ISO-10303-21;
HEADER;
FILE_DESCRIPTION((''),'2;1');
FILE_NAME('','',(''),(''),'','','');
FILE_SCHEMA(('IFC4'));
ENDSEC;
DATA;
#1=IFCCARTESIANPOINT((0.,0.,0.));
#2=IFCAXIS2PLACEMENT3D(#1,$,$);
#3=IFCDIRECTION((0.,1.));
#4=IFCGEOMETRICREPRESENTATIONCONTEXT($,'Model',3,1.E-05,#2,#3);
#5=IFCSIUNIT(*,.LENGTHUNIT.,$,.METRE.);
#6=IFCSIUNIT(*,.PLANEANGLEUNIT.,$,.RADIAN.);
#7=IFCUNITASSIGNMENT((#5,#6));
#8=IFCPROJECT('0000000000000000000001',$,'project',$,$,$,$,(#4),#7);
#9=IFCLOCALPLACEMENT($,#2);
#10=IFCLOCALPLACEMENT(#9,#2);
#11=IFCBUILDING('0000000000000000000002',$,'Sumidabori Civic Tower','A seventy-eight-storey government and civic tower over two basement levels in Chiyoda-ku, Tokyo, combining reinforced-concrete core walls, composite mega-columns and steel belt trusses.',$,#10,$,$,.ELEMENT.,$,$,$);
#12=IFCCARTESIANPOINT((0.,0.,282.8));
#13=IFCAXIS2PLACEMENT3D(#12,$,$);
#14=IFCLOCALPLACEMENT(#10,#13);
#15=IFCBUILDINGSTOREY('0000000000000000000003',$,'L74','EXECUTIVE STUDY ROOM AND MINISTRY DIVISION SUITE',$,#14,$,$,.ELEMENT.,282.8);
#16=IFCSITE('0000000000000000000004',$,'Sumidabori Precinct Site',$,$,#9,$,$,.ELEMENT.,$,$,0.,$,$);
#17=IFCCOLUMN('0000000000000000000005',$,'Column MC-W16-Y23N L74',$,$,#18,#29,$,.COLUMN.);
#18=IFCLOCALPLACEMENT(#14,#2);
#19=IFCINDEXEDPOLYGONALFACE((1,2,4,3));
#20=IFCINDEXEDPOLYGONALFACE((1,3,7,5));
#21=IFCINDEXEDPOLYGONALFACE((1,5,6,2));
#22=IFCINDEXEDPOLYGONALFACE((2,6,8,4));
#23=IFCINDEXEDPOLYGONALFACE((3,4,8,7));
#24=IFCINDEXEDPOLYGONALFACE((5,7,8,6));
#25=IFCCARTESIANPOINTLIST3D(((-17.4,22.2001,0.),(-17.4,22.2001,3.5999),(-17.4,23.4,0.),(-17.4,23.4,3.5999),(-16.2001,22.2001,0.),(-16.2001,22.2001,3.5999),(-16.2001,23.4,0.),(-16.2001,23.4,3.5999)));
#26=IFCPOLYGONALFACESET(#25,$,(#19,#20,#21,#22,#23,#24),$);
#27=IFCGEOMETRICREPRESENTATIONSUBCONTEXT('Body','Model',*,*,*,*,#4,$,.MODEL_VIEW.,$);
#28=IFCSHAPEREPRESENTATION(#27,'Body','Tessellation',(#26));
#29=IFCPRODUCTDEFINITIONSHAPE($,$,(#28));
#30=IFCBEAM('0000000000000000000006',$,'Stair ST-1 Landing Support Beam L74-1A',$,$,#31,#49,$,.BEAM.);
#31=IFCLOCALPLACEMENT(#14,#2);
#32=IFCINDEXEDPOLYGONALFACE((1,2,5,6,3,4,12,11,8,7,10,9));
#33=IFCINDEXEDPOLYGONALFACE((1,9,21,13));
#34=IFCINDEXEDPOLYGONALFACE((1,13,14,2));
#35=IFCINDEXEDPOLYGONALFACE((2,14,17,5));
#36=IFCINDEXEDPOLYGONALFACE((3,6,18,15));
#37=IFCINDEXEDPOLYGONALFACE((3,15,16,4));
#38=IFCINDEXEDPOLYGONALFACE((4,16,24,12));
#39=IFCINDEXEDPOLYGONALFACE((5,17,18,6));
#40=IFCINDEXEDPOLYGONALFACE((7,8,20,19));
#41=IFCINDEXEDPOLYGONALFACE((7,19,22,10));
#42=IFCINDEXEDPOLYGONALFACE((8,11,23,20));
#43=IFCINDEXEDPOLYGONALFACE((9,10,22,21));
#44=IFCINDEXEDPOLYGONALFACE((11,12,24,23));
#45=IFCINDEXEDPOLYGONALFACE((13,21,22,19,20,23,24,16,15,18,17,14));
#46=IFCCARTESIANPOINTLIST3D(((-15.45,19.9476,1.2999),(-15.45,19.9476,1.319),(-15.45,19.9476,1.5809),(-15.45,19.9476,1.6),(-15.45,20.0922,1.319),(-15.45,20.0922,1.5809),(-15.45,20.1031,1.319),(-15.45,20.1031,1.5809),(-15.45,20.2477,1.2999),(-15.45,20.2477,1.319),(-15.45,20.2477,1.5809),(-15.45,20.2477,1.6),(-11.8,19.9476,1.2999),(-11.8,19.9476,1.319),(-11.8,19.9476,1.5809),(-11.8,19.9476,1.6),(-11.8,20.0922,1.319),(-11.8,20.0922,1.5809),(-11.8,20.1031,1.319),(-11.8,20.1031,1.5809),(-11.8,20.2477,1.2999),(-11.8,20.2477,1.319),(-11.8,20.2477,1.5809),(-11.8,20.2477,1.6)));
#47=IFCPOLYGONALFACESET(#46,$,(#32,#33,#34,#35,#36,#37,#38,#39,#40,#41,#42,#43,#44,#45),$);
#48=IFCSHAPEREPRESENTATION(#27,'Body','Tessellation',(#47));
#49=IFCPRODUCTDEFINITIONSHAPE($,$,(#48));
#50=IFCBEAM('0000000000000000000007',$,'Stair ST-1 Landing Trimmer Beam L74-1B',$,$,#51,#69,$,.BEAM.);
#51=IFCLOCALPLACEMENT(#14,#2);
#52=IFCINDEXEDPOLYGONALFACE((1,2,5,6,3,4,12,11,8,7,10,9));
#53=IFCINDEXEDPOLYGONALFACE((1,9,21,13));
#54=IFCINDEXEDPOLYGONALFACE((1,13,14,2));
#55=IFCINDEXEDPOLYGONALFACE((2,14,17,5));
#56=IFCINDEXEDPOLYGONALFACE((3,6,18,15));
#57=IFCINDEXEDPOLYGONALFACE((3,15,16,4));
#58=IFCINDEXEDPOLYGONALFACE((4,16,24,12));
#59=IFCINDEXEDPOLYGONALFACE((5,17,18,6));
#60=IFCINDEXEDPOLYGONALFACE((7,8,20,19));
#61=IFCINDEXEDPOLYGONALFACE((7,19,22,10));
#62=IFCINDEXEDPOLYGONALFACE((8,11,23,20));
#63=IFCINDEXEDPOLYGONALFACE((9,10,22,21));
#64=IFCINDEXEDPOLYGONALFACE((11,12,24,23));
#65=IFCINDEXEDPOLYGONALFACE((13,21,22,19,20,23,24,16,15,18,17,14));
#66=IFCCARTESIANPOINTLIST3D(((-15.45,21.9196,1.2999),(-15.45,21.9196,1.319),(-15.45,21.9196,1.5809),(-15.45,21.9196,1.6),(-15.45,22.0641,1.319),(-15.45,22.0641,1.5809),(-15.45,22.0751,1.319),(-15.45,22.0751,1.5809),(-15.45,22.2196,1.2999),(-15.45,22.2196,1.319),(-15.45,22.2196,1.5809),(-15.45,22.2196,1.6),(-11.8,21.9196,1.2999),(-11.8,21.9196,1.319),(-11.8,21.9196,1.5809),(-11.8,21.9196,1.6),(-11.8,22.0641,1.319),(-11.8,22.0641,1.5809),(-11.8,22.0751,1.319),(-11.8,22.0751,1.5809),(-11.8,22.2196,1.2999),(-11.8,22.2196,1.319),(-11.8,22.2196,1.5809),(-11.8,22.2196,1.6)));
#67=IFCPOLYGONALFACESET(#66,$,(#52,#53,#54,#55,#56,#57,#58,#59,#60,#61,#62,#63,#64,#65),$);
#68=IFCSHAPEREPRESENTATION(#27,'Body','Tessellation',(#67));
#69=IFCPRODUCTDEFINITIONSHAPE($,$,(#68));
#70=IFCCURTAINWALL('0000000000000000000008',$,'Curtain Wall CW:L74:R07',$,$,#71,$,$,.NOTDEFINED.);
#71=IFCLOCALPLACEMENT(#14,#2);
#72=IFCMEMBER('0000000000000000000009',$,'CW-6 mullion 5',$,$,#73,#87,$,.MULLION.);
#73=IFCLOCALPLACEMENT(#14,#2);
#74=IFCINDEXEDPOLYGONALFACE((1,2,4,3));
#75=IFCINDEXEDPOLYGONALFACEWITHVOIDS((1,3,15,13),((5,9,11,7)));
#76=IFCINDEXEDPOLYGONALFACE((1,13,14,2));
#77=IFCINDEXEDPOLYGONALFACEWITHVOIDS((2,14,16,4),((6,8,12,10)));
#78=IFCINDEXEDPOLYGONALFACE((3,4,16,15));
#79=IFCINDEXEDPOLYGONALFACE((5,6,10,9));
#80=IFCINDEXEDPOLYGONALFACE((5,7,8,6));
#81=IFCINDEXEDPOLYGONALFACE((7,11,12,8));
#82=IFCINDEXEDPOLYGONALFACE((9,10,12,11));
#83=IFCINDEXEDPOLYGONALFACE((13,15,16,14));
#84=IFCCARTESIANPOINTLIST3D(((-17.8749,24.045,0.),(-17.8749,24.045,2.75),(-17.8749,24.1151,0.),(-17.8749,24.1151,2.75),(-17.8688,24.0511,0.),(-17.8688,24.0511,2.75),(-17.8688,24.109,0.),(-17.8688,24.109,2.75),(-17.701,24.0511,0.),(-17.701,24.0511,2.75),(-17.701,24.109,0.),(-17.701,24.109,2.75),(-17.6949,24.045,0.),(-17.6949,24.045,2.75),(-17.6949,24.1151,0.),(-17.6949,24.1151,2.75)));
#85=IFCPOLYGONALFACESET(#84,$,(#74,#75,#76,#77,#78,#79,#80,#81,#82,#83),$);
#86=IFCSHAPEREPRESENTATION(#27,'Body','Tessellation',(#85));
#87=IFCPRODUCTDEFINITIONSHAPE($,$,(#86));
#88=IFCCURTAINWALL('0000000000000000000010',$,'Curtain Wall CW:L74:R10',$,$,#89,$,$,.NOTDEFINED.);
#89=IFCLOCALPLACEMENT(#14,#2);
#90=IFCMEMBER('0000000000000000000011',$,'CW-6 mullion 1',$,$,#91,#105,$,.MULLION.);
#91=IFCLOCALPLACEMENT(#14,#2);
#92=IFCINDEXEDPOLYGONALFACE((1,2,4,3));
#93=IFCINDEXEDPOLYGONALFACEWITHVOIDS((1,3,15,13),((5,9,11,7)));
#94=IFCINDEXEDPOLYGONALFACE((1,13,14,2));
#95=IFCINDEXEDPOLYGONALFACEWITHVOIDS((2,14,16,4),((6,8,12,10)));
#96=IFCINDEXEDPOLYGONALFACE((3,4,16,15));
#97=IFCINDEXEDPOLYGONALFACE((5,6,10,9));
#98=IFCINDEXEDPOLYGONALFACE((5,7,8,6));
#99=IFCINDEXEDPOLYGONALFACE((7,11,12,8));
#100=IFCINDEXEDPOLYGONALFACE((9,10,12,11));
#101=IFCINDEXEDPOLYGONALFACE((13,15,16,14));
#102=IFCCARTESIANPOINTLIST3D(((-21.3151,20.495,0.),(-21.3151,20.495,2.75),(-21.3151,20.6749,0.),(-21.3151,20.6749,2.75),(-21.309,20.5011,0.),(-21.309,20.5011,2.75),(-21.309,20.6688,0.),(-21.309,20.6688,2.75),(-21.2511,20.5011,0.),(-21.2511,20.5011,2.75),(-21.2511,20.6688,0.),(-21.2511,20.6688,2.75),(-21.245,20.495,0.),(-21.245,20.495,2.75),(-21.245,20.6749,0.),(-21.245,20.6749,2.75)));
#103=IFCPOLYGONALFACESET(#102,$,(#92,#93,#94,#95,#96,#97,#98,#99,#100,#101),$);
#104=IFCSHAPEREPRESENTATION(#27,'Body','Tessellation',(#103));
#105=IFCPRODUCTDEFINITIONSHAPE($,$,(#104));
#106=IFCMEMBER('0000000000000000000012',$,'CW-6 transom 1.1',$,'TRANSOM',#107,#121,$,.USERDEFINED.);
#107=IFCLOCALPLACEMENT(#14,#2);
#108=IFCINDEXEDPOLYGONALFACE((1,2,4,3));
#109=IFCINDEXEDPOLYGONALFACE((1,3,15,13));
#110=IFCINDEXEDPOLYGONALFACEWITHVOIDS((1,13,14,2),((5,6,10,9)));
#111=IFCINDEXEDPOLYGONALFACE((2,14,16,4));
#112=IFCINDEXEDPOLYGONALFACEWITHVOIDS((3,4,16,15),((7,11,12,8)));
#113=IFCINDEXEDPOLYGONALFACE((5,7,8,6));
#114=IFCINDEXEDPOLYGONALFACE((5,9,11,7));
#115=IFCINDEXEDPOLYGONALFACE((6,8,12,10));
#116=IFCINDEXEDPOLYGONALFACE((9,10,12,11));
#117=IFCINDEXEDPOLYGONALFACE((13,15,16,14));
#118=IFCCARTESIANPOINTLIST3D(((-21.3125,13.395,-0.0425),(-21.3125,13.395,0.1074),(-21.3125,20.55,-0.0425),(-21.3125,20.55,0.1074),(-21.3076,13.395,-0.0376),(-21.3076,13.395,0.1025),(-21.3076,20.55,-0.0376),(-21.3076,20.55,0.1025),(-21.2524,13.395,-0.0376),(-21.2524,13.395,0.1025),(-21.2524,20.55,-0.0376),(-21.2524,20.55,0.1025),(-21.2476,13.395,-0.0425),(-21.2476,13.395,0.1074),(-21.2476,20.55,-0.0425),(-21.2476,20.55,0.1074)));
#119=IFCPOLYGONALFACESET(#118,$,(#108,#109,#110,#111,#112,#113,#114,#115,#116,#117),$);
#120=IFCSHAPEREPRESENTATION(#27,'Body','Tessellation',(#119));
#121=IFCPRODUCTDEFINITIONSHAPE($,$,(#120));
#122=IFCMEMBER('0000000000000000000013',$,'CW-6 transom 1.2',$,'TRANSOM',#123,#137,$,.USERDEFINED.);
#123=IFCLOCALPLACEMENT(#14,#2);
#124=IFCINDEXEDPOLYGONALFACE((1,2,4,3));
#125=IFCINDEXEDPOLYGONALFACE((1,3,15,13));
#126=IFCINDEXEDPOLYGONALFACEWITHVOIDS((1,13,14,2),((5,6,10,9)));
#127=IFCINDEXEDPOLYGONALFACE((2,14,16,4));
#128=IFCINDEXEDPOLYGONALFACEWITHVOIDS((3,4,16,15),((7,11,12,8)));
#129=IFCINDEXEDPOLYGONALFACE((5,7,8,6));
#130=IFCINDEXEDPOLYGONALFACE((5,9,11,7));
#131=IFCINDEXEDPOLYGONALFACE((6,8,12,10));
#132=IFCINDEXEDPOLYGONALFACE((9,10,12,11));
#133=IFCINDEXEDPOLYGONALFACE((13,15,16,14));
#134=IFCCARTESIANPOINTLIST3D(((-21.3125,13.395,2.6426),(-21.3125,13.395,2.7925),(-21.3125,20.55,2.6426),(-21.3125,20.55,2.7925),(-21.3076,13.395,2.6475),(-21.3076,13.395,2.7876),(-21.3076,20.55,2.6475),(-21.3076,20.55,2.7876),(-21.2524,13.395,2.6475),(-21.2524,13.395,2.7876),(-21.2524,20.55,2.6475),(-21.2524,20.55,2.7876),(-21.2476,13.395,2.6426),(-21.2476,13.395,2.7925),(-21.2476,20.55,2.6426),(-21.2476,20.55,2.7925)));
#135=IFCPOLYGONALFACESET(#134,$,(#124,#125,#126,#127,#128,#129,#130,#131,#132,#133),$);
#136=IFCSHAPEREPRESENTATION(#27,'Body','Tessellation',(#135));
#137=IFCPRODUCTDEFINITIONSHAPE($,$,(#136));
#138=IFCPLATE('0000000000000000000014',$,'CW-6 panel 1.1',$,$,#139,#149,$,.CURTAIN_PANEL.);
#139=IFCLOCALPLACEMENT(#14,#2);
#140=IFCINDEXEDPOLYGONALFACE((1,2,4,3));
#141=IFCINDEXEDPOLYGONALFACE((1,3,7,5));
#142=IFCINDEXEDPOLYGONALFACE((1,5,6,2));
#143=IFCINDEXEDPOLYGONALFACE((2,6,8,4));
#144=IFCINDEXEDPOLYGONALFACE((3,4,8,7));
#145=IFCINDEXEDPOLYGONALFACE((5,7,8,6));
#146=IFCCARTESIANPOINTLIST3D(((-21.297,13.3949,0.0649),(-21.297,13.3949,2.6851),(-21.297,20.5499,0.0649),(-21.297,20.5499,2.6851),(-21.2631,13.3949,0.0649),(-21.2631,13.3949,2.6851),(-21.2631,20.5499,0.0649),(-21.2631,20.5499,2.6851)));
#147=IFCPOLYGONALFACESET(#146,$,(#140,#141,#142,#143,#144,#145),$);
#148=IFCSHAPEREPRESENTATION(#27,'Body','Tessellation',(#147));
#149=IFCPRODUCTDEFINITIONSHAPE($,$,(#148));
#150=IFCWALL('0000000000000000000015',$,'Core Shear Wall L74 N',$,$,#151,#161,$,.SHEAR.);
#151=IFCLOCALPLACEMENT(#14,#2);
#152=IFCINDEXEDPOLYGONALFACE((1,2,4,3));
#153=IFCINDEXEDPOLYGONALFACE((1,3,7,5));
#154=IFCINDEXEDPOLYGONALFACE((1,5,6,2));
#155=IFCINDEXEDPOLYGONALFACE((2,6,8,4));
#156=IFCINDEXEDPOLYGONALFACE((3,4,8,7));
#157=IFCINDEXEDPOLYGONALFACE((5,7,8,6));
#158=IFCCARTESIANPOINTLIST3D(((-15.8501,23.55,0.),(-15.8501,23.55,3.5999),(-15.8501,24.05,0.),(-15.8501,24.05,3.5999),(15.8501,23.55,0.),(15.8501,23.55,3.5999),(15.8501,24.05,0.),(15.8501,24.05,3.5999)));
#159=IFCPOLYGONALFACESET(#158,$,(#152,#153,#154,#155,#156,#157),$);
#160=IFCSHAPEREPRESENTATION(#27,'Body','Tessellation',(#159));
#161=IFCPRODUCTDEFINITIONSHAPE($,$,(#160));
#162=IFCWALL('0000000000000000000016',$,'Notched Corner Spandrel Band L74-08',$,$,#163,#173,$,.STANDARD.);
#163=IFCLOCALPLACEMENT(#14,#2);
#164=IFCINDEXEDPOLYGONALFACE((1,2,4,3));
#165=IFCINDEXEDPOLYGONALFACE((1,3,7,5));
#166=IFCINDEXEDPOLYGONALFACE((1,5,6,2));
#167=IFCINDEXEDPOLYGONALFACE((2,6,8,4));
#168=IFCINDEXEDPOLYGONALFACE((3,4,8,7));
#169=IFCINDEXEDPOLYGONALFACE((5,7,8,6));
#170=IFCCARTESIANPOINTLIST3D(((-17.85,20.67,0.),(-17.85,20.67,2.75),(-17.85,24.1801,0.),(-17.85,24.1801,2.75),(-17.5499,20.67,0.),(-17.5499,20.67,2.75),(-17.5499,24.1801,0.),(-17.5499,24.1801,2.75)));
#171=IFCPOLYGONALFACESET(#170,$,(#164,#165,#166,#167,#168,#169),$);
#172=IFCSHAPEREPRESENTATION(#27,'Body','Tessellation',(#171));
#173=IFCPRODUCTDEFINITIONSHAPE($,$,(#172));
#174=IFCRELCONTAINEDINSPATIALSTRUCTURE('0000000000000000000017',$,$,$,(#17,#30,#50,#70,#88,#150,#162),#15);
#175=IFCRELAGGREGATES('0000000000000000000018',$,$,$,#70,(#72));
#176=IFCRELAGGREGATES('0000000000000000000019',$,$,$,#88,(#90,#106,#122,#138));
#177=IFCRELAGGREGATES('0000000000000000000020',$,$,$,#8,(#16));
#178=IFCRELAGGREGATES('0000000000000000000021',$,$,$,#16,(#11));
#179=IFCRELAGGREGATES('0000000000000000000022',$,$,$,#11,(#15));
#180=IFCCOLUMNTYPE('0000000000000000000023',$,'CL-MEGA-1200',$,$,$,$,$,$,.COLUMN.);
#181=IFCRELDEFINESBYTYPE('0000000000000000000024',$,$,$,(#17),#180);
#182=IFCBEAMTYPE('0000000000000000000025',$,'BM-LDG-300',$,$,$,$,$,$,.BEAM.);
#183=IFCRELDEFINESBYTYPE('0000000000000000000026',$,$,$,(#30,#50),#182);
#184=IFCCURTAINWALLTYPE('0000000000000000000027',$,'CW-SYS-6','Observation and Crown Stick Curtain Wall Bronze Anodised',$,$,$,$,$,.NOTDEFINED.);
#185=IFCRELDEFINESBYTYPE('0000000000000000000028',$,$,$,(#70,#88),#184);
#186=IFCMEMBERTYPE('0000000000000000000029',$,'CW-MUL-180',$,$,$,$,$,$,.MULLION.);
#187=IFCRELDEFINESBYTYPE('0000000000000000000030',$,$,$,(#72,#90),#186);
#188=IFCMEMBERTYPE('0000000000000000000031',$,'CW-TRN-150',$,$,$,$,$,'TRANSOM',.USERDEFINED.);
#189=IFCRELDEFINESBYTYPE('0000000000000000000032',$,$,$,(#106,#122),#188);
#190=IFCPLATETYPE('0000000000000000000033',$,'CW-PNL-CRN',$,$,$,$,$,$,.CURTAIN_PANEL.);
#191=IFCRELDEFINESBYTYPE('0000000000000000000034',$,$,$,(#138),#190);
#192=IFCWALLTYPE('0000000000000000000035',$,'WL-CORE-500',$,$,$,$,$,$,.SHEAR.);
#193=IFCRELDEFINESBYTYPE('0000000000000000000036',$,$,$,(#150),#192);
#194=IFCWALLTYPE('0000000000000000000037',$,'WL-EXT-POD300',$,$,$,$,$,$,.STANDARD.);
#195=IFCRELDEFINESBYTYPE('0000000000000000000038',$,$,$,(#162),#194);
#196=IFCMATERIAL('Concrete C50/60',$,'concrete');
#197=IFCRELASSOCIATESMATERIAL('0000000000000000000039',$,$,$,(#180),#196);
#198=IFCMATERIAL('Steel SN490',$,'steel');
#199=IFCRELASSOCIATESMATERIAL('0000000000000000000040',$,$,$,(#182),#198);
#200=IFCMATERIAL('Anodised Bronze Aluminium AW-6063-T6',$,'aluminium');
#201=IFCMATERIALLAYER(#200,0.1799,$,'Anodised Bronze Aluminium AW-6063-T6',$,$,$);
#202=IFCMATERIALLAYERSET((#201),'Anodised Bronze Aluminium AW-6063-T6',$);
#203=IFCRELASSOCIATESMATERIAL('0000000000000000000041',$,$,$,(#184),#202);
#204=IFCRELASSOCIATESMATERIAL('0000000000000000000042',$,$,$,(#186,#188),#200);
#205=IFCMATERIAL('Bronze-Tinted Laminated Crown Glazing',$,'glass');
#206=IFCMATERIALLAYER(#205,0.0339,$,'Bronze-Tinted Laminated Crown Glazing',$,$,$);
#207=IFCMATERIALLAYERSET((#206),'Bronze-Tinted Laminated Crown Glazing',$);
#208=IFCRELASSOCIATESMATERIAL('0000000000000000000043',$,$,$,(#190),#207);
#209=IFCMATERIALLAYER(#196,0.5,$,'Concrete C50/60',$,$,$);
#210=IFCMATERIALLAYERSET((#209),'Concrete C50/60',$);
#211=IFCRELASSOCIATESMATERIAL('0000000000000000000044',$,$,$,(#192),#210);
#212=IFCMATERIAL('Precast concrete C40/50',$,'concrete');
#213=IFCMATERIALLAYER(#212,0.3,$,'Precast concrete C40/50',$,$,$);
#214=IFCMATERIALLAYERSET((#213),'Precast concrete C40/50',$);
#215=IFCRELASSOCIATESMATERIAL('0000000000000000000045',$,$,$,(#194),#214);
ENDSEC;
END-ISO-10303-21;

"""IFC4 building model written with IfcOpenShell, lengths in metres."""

from ifc_helpers import new_model, si_unit, direction, frame, frame_2d, origin, origin_2d, place, context, subcontext, project, spatial, rectangle, hollow_rectangle, i_section, extrude, source, transform, mapped, material, layer, layer_set, material_profile, profile_set, type_object, element, aggregate, save


model = new_model("IFC4")

# Units and contexts
model_context = context("Model", 3, precision=1e-05, world=origin(), true_north=direction((0.0, 1.0)))
body_context = subcontext(model_context, "Body", "Model", "MODEL_VIEW")
ifc_project = project(units=[si_unit("LENGTHUNIT", "METRE"), si_unit("PLANEANGLEUNIT", "RADIAN")], contexts=[model_context])

# Site, building, storey
site_placement = place(None, origin())
site = spatial("IfcSite", under=ifc_project, at=site_placement, Name="Sumidabori Precinct Site", CompositionType="ELEMENT", RefElevation=0.0)
building_placement = place(site_placement, origin())
building = spatial("IfcBuilding", under=site, at=building_placement, Name="Sumidabori Civic Tower", Description="A seventy-eight-storey government and civic tower over two basement levels in Chiyoda-ku, Tokyo, combining reinforced-concrete core walls, composite mega-columns and steel belt trusses.", CompositionType="ELEMENT")
storey_placement = place(building_placement, frame((0.0, 0.0, 282.8)))
storey = spatial("IfcBuildingStorey", under=building, at=storey_placement, Name="L74", Description="EXECUTIVE STUDY ROOM AND MINISTRY DIVISION SUITE", CompositionType="ELEMENT", Elevation=282.8)

# Column
ifc_material_1 = material(Name="Concrete C50/60", Category="concrete")
ifc_material_profile_1 = material_profile(ifc_material_1, rectangle(XDim=1.2, YDim=1.2, at=origin_2d()), Name="RC 1200x1200")
ifc_profile_set_1 = profile_set([ifc_material_profile_1], Name="Concrete C50/60")
column_type = type_object("IfcColumnType", Name="CL-MEGA-1200", PredefinedType="COLUMN", material=ifc_profile_set_1)
shared_shape_1 = source(origin(), body_context, "Body", "SweptSolid", [
    extrude(rectangle(XDim=1.2, YDim=1.2, at=origin_2d()), origin(), (0.0, 0.0, 1.0), 3.5999),
])
column_placement = place(storey_placement, frame((-16.8, 22.8, 0.0), z_axis=(0.0, 0.0, 1.0), x_axis=(1.0, 0.0, 0.0)))
element("IfcColumn", 1, at=column_placement, inside=storey, type_object=column_type, Name="Column MC-W16-Y23N L74", PredefinedType="COLUMN", context=body_context, shape_type="MappedRepresentation", body=[
    mapped(shared_shape_1, transform((0.0, 0.0, 0.0), x_axis=(1.0, 0.0, 0.0), y_axis=(0.0, 1.0, 0.0), z_axis=(0.0, 0.0, 1.0), scale=1.0)),
])

# Beams
ifc_material_2 = material(Name="Steel SN490", Category="steel")
ifc_material_profile_2 = material_profile(ifc_material_2, i_section(OverallWidth=0.3, OverallDepth=0.3, WebThickness=0.011, FlangeThickness=0.019, at=origin_2d()), Name="HE 300 B")
ifc_profile_set_2 = profile_set([ifc_material_profile_2], Name="Steel SN490")
beam_type = type_object("IfcBeamType", Name="BM-LDG-300", PredefinedType="BEAM", material=ifc_profile_set_2)
shared_shape_2 = source(origin(), body_context, "Body", "SweptSolid", [
    extrude(i_section(OverallWidth=0.3, OverallDepth=0.3, WebThickness=0.011, FlangeThickness=0.019, at=origin_2d()), origin(), (0.0, 0.0, 1.0), 3.6499),
])
for number, where, z_axis, x_axis, name in (
    (2, (-15.45, 20.0977, 1.45), (1.0, 0.0, 0.0), (0.0, 1.0, 0.0), "Stair ST-1 Landing Support Beam L74-1A"),
    (3, (-15.45, 22.0696, 1.45), (1.0, 0.0, 0.0), (0.0, 1.0, 0.0), "Stair ST-1 Landing Trimmer Beam L74-1B"),
):
    element("IfcBeam", number, at=place(storey_placement, frame(where, z_axis=z_axis, x_axis=x_axis)), inside=storey, type_object=beam_type, Name=name, PredefinedType="BEAM", context=body_context, shape_type="MappedRepresentation", body=[
        mapped(shared_shape_2, transform((0.0, 0.0, 0.0), x_axis=(1.0, 0.0, 0.0), y_axis=(0.0, 1.0, 0.0), z_axis=(0.0, 0.0, 1.0), scale=1.0)),
    ])

# Curtain wall, member
ifc_material_3 = material(Name="Anodised Bronze Aluminium AW-6063-T6", Category="aluminium")
ifc_layer_1 = layer(ifc_material_3, 0.1799, Name="Anodised Bronze Aluminium AW-6063-T6")
ifc_layer_set_1 = layer_set([ifc_layer_1], Name="Anodised Bronze Aluminium AW-6063-T6")
curtain_wall_type = type_object("IfcCurtainWallType", Name="CW-SYS-6", Description="Observation and Crown Stick Curtain Wall Bronze Anodised", PredefinedType="NOTDEFINED", material=ifc_layer_set_1)
curtain_wall_1_placement = place(storey_placement, origin())
curtain_wall_1 = element("IfcCurtainWall", 4, at=curtain_wall_1_placement, inside=storey, type_object=curtain_wall_type, Name="Curtain Wall CW:L74:R07", PredefinedType="NOTDEFINED")
ifc_material_profile_3 = material_profile(ifc_material_3, hollow_rectangle(XDim=0.0701, YDim=0.1799, WallThickness=0.0061, at=origin_2d()), Name="ALU MULLION 180x70")
ifc_profile_set_3 = profile_set([ifc_material_profile_3], Name="Anodised Bronze Aluminium AW-6063-T6")
member_type_1 = type_object("IfcMemberType", Name="CW-MUL-180", PredefinedType="MULLION", material=ifc_profile_set_3)
shared_shape_3 = source(origin(), body_context, "Body", "SweptSolid", [
    extrude(hollow_rectangle(XDim=0.0701, YDim=0.1799, WallThickness=0.0061, at=origin_2d()), origin(), (0.0, 0.0, 1.0), 2.75),
])
member_1_placement = place(storey_placement, frame((-17.7849, 24.0801, 0.0), z_axis=(0.0, 0.0, 1.0), x_axis=(0.0, -1.0, 0.0)))
member_1 = element("IfcMember", 5, at=member_1_placement, type_object=member_type_1, Name="CW-6 mullion 5", PredefinedType="MULLION", context=body_context, shape_type="MappedRepresentation", body=[
    mapped(shared_shape_3, transform((0.0, 0.0, 0.0), x_axis=(1.0, 0.0, 0.0), y_axis=(0.0, 1.0, 0.0), z_axis=(0.0, 0.0, 1.0), scale=1.0)),
])
aggregate(curtain_wall_1, [member_1])

# Curtain wall, members, plate
curtain_wall_2_placement = place(storey_placement, origin())
curtain_wall_2 = element("IfcCurtainWall", 6, at=curtain_wall_2_placement, inside=storey, type_object=curtain_wall_type, Name="Curtain Wall CW:L74:R10", PredefinedType="NOTDEFINED")
member_2_placement = place(storey_placement, frame((-21.28, 20.585, 0.0), z_axis=(0.0, 0.0, 1.0), x_axis=(1.0, 0.0, 0.0)))
member_2 = element("IfcMember", 7, at=member_2_placement, type_object=member_type_1, Name="CW-6 mullion 1", PredefinedType="MULLION", context=body_context, shape_type="MappedRepresentation", body=[
    mapped(shared_shape_3, transform((0.0, 0.0, 0.0), x_axis=(1.0, 0.0, 0.0), y_axis=(0.0, 1.0, 0.0), z_axis=(0.0, 0.0, 1.0), scale=1.0)),
])
ifc_material_profile_4 = material_profile(ifc_material_3, hollow_rectangle(XDim=0.0649, YDim=0.1499, WallThickness=0.0049, at=origin_2d()), Name="ALU TRANSOM 150x65")
ifc_profile_set_4 = profile_set([ifc_material_profile_4], Name="Anodised Bronze Aluminium AW-6063-T6")
member_type_2 = type_object("IfcMemberType", Name="CW-TRN-150", ElementType="TRANSOM", PredefinedType="USERDEFINED", material=ifc_profile_set_4)
shared_shape_4 = source(origin(), body_context, "Body", "SweptSolid", [
    extrude(hollow_rectangle(XDim=0.0649, YDim=0.1499, WallThickness=0.0049, at=origin_2d()), origin(), (0.0, 0.0, 1.0), 7.155),
])
member_3_placement = place(storey_placement, frame((-21.28, 20.55, 0.0325), z_axis=(0.0, -1.0, 0.0), x_axis=(1.0, 0.0, 0.0)))
member_3 = element("IfcMember", 8, at=member_3_placement, type_object=member_type_2, Name="CW-6 transom 1.1", ObjectType="TRANSOM", PredefinedType="USERDEFINED", context=body_context, shape_type="MappedRepresentation", body=[
    mapped(shared_shape_4, transform((0.0, 0.0, 0.0), x_axis=(1.0, 0.0, 0.0), y_axis=(0.0, 1.0, 0.0), z_axis=(0.0, 0.0, 1.0), scale=1.0)),
])
member_4_placement = place(storey_placement, frame((-21.28, 20.55, 2.7175), z_axis=(0.0, -1.0, 0.0), x_axis=(1.0, 0.0, 0.0)))
member_4 = element("IfcMember", 9, at=member_4_placement, type_object=member_type_2, Name="CW-6 transom 1.2", ObjectType="TRANSOM", PredefinedType="USERDEFINED", context=body_context, shape_type="MappedRepresentation", body=[
    mapped(shared_shape_4, transform((0.0, 0.0, 0.0), x_axis=(1.0, 0.0, 0.0), y_axis=(0.0, 1.0, 0.0), z_axis=(0.0, 0.0, 1.0), scale=1.0)),
])
ifc_material_4 = material(Name="Bronze-Tinted Laminated Crown Glazing", Category="glass")
ifc_layer_2 = layer(ifc_material_4, 0.0339, Name="Bronze-Tinted Laminated Crown Glazing")
ifc_layer_set_2 = layer_set([ifc_layer_2], Name="Bronze-Tinted Laminated Crown Glazing")
plate_type = type_object("IfcPlateType", Name="CW-PNL-CRN", PredefinedType="CURTAIN_PANEL", material=ifc_layer_set_2)
shared_shape_5 = source(origin(), body_context, "Body", "SweptSolid", [
    extrude(rectangle(XDim=7.155, YDim=0.0339, at=origin_2d()), origin(), (0.0, 0.0, 1.0), 2.6201),
])
plate_placement = place(storey_placement, frame((-21.28, 16.9724, 0.0649), z_axis=(0.0, 0.0, 1.0), x_axis=(0.0, -1.0, 0.0)))
plate = element("IfcPlate", 10, at=plate_placement, type_object=plate_type, Name="CW-6 panel 1.1", PredefinedType="CURTAIN_PANEL", context=body_context, shape_type="MappedRepresentation", body=[
    mapped(shared_shape_5, transform((0.0, 0.0, 0.0), x_axis=(1.0, 0.0, 0.0), y_axis=(0.0, 1.0, 0.0), z_axis=(0.0, 0.0, 1.0), scale=1.0)),
])
aggregate(curtain_wall_2, [member_2, member_3, member_4, plate])

# Wall
ifc_layer_3 = layer(ifc_material_1, 0.5, Name="Concrete C50/60")
ifc_layer_set_3 = layer_set([ifc_layer_3], Name="Concrete C50/60")
wall_type_1 = type_object("IfcWallType", Name="WL-CORE-500", PredefinedType="SHEAR", material=ifc_layer_set_3)
shared_shape_6 = source(origin(), body_context, "Body", "SweptSolid", [
    extrude(rectangle(XDim=31.7002, YDim=0.5, at=frame_2d((15.8501, 0.0))), origin(), (0.0, 0.0, 1.0), 3.5999),
])
wall_1_placement = place(storey_placement, frame((-15.8501, 23.8, 0.0), z_axis=(0.0, 0.0, 1.0), x_axis=(1.0, 0.0, 0.0)))
element("IfcWall", 11, at=wall_1_placement, inside=storey, type_object=wall_type_1, Name="Core Shear Wall L74 N", PredefinedType="SHEAR", context=body_context, shape_type="MappedRepresentation", body=[
    mapped(shared_shape_6, transform((0.0, 0.0, 0.0), x_axis=(1.0, 0.0, 0.0), y_axis=(0.0, 1.0, 0.0), z_axis=(0.0, 0.0, 1.0), scale=1.0)),
])

# Wall
ifc_material_5 = material(Name="Precast concrete C40/50", Category="concrete")
ifc_layer_4 = layer(ifc_material_5, 0.3, Name="Precast concrete C40/50")
ifc_layer_set_4 = layer_set([ifc_layer_4], Name="Precast concrete C40/50")
wall_type_2 = type_object("IfcWallType", Name="WL-EXT-POD300", PredefinedType="STANDARD", material=ifc_layer_set_4)
shared_shape_7 = source(origin(), body_context, "Body", "SweptSolid", [
    extrude(rectangle(XDim=3.51, YDim=0.3, at=frame_2d((1.7549, 0.0))), origin(), (0.0, 0.0, 1.0), 2.75),
])
wall_2_placement = place(storey_placement, frame((-17.7, 24.1799, 0.0), z_axis=(0.0, 0.0, 1.0), x_axis=(0.0, -1.0, 0.0)))
element("IfcWall", 12, at=wall_2_placement, inside=storey, type_object=wall_type_2, Name="Notched Corner Spandrel Band L74-08", PredefinedType="STANDARD", context=body_context, shape_type="MappedRepresentation", body=[
    mapped(shared_shape_7, transform((0.0, 0.0, 0.0), x_axis=(1.0, 0.0, 0.0), y_axis=(0.0, 1.0, 0.0), z_axis=(0.0, 0.0, 1.0), scale=1.0)),
])

save(model, "model.ifc")
